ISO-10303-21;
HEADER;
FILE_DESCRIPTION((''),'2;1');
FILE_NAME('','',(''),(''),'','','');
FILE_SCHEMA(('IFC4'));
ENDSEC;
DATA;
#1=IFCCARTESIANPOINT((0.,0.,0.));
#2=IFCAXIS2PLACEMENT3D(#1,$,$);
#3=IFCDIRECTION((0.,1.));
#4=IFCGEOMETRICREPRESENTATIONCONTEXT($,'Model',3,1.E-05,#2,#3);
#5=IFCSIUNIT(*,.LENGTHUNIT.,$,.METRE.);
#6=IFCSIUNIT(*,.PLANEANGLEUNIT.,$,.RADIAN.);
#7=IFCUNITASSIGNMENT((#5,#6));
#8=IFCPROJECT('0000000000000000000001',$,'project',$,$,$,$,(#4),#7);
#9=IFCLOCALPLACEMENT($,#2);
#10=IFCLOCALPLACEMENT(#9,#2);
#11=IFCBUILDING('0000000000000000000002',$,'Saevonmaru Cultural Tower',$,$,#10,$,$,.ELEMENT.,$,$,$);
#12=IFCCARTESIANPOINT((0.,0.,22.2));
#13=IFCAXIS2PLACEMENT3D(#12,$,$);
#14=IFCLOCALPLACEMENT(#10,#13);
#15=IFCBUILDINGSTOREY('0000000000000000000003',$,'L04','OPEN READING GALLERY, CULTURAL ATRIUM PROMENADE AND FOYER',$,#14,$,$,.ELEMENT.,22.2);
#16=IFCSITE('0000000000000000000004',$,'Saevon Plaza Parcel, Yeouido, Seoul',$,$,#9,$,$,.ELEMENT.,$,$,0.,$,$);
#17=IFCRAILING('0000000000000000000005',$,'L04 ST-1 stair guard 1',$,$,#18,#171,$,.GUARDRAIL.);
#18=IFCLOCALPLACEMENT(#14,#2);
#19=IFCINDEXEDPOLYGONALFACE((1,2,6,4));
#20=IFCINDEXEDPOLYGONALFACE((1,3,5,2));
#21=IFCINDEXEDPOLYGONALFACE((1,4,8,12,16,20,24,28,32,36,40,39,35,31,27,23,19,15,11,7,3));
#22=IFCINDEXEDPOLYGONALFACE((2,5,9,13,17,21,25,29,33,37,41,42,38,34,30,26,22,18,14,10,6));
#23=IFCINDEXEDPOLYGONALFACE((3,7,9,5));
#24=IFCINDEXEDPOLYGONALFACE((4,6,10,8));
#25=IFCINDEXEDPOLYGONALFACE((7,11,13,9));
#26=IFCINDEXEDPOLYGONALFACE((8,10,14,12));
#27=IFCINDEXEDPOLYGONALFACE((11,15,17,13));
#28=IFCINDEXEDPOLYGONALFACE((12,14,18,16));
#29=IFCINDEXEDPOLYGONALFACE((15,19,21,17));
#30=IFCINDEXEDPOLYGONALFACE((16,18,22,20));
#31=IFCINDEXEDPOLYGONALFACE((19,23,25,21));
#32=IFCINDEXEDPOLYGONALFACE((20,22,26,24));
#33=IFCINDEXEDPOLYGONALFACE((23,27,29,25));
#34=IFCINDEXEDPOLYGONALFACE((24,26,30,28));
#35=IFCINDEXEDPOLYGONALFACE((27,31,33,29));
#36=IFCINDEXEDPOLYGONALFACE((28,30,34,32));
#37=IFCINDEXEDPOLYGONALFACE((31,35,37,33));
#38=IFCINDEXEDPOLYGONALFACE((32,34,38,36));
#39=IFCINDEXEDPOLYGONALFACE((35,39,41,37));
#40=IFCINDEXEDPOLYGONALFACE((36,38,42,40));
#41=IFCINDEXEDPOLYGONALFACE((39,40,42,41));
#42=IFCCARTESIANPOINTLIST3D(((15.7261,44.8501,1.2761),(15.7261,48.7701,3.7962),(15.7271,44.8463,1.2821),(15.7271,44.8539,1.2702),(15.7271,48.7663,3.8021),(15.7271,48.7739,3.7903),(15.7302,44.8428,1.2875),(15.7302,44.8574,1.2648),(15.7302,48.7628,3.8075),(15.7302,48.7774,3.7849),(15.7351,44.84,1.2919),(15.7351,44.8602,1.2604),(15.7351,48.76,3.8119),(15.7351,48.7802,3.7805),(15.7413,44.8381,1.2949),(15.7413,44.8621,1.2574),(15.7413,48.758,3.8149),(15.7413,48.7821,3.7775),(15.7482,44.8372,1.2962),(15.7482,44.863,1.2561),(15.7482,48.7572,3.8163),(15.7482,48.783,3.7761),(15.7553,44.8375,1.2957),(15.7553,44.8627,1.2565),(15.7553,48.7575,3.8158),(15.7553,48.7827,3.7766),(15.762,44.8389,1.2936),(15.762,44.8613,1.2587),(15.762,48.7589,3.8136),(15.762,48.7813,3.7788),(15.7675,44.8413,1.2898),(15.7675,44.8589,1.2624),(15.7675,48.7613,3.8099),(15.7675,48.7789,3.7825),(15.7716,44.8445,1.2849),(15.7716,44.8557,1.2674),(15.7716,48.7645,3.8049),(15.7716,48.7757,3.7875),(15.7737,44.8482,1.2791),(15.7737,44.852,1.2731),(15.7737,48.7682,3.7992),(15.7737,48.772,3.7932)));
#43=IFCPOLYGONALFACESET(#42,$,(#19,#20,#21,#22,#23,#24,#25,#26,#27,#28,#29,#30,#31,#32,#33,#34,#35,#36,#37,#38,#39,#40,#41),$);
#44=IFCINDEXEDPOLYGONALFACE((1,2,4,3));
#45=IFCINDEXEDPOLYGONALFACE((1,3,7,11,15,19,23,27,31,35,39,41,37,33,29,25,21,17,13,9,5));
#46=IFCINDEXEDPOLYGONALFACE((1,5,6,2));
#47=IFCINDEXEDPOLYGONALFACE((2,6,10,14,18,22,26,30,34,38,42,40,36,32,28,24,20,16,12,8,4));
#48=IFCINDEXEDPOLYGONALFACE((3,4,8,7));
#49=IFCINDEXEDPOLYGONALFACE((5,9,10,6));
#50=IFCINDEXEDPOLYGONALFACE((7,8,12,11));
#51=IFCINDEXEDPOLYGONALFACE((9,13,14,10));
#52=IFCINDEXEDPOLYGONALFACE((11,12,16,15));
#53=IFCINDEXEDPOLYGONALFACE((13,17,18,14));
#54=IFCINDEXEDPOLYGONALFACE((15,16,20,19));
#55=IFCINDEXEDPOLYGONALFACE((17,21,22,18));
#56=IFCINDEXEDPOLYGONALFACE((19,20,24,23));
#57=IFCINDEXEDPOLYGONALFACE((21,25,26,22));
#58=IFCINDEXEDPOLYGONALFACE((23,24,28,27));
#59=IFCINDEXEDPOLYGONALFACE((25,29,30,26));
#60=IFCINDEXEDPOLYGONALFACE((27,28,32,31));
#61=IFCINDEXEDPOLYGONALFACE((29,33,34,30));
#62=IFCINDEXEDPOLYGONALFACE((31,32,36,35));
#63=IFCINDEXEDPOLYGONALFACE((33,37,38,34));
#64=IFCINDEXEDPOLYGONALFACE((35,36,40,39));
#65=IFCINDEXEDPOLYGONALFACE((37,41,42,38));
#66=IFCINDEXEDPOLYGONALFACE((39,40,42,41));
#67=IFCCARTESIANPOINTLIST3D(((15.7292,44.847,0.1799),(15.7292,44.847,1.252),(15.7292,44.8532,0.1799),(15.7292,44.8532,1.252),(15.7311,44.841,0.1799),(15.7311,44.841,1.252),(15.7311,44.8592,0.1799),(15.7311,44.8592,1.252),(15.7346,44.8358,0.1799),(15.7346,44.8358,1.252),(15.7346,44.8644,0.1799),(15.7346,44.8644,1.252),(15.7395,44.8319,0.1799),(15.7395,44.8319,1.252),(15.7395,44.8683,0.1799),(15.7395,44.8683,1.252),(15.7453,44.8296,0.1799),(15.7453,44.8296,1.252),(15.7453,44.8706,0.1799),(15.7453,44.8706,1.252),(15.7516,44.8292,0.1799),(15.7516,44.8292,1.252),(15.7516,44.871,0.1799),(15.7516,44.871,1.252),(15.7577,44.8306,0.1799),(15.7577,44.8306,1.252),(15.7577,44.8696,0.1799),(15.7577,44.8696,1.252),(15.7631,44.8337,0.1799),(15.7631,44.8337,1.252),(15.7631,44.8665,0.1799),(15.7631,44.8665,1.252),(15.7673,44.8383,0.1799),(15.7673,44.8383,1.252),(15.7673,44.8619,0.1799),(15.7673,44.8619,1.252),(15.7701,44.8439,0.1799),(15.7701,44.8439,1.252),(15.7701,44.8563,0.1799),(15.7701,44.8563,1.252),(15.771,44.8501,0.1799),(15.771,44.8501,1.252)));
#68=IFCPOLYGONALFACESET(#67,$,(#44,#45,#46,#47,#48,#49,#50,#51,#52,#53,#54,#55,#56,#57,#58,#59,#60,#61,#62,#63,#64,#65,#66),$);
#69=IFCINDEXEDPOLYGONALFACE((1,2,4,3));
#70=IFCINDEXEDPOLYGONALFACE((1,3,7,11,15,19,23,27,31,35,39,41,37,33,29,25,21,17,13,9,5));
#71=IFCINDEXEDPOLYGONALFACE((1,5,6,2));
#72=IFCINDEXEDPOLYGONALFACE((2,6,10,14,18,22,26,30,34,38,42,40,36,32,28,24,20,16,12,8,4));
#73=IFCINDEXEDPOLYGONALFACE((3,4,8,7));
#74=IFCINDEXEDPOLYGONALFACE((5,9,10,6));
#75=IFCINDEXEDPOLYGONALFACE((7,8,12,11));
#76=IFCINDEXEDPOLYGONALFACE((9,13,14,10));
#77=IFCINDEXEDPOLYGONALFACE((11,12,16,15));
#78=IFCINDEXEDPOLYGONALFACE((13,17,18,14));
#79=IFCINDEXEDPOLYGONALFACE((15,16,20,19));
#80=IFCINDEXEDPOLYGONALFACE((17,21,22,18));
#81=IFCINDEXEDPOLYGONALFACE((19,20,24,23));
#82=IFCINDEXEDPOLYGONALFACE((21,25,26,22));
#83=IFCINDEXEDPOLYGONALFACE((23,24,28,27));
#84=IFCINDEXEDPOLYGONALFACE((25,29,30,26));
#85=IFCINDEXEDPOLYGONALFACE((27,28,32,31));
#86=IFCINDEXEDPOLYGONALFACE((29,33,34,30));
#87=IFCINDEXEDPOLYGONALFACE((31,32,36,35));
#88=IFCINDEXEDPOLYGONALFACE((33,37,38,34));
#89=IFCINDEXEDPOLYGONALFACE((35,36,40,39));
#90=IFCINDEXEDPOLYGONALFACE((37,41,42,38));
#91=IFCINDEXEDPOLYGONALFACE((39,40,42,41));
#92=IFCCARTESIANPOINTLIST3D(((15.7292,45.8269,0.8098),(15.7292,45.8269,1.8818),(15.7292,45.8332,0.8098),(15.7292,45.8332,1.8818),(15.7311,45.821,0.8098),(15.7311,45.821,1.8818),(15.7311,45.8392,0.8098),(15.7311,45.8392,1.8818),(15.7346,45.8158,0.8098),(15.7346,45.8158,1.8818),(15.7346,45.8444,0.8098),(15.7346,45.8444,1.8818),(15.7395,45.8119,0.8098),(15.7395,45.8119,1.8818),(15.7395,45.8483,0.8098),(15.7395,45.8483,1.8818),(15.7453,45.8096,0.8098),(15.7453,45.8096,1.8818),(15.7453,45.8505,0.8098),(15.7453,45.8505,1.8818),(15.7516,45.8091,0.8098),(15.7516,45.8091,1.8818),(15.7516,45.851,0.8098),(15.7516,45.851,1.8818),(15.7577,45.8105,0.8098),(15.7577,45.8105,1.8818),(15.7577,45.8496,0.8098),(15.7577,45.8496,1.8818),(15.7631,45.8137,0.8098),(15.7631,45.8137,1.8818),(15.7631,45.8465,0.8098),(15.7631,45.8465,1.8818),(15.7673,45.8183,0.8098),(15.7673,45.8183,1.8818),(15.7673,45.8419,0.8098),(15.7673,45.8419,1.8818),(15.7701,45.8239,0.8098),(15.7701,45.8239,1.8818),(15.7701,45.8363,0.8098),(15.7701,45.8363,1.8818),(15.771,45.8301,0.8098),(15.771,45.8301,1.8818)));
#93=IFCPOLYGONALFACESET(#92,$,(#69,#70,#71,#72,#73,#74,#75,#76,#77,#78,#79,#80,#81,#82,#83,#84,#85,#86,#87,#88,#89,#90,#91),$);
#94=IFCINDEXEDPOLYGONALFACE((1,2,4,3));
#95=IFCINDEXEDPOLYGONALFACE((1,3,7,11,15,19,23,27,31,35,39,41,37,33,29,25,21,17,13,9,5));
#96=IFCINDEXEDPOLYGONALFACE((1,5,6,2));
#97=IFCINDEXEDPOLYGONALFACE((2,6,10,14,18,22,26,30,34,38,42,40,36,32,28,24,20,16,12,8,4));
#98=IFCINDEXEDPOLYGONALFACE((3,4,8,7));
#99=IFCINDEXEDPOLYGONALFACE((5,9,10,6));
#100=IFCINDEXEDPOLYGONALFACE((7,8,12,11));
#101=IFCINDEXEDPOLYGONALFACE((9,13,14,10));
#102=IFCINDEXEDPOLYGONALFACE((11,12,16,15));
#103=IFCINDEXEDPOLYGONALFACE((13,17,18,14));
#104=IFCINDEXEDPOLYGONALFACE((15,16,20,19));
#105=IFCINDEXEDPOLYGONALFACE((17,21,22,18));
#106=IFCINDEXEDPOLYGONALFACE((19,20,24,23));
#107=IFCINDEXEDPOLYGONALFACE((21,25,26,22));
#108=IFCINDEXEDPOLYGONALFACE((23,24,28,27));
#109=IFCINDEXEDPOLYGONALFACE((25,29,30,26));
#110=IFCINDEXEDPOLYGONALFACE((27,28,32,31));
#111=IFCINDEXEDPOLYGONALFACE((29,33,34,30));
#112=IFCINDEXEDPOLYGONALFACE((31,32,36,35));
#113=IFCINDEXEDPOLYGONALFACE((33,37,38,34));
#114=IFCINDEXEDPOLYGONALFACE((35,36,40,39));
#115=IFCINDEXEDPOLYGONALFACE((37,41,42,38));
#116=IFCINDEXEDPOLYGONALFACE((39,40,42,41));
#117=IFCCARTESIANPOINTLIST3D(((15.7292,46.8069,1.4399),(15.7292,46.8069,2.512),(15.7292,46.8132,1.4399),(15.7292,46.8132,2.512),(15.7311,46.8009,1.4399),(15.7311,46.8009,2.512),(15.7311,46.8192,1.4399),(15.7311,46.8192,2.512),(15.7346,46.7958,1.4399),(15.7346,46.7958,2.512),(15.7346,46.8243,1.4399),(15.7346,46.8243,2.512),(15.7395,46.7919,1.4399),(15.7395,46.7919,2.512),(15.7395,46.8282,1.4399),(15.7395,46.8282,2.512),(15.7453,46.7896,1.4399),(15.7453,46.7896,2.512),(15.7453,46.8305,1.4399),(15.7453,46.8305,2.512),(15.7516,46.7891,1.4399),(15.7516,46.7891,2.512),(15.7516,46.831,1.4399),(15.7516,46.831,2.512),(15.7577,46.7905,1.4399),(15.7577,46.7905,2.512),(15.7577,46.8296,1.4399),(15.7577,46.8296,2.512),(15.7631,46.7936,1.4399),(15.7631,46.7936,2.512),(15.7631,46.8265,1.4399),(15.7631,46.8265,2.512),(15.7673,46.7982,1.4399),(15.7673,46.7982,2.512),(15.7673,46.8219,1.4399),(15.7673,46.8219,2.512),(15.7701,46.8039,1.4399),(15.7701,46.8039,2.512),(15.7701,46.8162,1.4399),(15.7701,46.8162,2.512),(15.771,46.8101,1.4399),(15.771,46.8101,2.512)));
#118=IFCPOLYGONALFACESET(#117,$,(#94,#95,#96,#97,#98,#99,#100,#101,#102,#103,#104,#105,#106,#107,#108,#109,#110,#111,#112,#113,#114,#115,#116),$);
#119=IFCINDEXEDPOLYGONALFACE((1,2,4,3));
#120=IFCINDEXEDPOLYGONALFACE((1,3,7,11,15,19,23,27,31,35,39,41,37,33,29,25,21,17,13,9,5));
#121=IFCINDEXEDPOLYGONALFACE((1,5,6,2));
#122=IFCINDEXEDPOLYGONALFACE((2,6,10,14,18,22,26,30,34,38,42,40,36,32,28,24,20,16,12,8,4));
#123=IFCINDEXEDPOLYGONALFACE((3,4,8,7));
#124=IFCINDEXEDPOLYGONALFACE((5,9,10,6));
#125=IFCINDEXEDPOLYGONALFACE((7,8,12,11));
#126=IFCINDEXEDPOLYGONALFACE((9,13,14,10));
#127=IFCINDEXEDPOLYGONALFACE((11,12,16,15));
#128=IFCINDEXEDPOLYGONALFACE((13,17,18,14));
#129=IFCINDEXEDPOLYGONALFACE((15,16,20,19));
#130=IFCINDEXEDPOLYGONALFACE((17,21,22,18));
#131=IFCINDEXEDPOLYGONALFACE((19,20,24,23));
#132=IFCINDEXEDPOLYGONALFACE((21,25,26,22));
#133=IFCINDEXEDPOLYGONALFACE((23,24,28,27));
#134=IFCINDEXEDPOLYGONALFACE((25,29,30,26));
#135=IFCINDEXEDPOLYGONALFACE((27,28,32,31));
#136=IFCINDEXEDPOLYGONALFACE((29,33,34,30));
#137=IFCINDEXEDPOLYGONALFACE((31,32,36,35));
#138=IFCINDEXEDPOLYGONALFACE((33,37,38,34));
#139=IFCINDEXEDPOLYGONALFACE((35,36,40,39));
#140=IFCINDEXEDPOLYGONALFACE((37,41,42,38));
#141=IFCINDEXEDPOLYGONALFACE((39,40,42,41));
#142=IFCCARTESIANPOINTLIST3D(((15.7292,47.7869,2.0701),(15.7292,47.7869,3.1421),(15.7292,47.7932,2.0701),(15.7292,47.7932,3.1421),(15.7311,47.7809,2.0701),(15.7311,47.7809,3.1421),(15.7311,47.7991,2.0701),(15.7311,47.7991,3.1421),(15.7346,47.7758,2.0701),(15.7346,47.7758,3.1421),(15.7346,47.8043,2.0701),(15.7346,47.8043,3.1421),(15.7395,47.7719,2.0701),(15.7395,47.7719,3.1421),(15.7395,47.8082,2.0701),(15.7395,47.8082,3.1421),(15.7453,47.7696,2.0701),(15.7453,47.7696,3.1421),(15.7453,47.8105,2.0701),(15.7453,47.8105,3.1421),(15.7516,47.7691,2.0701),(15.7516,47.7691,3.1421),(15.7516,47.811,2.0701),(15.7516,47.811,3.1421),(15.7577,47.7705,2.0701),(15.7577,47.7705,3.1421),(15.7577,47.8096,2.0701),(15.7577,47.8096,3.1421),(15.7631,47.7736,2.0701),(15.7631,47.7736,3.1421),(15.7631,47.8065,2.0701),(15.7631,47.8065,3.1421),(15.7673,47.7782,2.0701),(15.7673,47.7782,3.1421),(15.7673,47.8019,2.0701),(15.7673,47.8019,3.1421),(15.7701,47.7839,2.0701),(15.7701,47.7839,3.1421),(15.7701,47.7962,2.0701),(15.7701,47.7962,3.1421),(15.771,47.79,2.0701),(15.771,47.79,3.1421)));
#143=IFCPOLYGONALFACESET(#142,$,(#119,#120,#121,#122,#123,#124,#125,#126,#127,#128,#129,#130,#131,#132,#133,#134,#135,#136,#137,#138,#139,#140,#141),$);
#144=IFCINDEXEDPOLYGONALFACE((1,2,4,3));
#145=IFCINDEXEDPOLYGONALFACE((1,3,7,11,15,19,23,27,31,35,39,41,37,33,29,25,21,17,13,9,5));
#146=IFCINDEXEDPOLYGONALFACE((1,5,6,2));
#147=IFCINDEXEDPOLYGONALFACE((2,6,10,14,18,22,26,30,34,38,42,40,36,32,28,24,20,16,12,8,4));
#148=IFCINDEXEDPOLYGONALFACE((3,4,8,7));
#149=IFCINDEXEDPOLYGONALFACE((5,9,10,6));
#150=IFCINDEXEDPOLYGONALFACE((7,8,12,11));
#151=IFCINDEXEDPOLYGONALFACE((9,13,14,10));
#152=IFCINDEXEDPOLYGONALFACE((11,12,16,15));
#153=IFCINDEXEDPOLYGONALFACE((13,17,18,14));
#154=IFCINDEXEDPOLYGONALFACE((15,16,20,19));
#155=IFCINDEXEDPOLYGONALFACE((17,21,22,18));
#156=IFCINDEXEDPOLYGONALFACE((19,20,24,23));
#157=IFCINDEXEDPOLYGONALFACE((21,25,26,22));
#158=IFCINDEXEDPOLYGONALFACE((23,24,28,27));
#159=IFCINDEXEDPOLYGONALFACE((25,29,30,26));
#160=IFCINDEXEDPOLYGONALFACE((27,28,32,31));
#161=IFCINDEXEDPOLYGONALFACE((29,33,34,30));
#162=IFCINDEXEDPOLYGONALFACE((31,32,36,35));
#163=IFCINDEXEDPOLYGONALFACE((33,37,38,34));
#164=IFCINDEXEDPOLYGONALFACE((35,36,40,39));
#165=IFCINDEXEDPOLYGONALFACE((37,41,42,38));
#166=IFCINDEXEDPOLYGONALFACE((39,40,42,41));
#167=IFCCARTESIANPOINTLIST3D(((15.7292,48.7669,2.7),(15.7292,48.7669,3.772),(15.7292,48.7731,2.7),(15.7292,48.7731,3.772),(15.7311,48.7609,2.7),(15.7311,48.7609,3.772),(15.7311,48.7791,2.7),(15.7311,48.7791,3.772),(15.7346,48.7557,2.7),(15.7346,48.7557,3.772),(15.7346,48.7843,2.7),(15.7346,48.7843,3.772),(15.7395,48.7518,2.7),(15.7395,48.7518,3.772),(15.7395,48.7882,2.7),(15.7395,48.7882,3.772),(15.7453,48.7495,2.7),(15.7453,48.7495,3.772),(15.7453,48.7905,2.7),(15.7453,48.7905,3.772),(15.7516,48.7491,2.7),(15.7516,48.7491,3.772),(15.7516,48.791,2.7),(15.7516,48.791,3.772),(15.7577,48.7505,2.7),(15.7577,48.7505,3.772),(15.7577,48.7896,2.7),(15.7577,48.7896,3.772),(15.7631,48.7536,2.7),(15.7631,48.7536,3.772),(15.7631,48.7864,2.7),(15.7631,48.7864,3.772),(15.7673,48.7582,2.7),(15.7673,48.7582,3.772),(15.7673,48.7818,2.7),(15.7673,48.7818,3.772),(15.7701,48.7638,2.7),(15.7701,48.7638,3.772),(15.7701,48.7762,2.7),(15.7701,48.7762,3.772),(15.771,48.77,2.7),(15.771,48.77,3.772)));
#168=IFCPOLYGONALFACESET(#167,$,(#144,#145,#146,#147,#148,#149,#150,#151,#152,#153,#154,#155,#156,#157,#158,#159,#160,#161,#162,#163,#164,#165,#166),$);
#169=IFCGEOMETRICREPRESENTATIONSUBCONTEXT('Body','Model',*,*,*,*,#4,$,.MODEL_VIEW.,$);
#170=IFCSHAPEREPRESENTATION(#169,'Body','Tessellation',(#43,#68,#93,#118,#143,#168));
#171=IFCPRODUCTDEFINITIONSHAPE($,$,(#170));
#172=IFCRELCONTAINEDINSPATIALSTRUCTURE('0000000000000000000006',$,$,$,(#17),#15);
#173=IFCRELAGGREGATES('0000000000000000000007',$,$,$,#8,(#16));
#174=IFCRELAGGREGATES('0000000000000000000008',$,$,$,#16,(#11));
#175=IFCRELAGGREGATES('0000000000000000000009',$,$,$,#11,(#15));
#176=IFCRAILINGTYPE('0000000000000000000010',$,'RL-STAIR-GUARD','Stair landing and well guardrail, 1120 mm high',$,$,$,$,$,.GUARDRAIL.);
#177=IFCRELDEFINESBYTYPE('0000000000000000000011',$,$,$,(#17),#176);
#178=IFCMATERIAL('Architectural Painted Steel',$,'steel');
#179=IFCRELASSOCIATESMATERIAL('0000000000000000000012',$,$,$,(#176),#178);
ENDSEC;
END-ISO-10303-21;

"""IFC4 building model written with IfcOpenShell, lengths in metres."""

from ifc_helpers import new_model, si_unit, direction, frame, origin, origin_2d, place, context, subcontext, project, spatial, circle, extrude, material, type_object, element, save


model = new_model("IFC4")

# Units and contexts
model_context = context("Model", 3, precision=1e-05, world=origin(), true_north=direction((0.0, 1.0)))
body_context = subcontext(model_context, "Body", "Model", "MODEL_VIEW")
ifc_project = project(units=[si_unit("LENGTHUNIT", "METRE"), si_unit("PLANEANGLEUNIT", "RADIAN")], contexts=[model_context])

# Site, building, storey
site_placement = place(None, origin())
site = spatial("IfcSite", under=ifc_project, at=site_placement, Name="Saevon Plaza Parcel, Yeouido, Seoul", CompositionType="ELEMENT", RefElevation=0.0)
building_placement = place(site_placement, origin())
building = spatial("IfcBuilding", under=site, at=building_placement, Name="Saevonmaru Cultural Tower", CompositionType="ELEMENT")
storey_placement = place(building_placement, frame((0.0, 0.0, 22.2)))
storey = spatial("IfcBuildingStorey", under=building, at=storey_placement, Name="L04", Description="OPEN READING GALLERY, CULTURAL ATRIUM PROMENADE AND FOYER", CompositionType="ELEMENT", Elevation=22.2)

# Railing
ifc_material_1 = material(Name="Architectural Painted Steel", Category="steel")
railing_type_1 = type_object("IfcRailingType", Name="RL-STAIR-GUARD", Description="Stair landing and well guardrail, 1120 mm high", PredefinedType="GUARDRAIL", material=ifc_material_1)
railing_1_placement = place(storey_placement, frame((15.75, 44.8501, 0.1799)))
element("IfcRailing", 1, at=railing_1_placement, inside=storey, type_object=railing_type_1, Name="L04 ST-1 stair guard 1", PredefinedType="GUARDRAIL", context=body_context, shape_type="SweptSolid", body=[
    extrude(circle(Radius=0.0239, at=origin_2d()), frame((0.0, 0.0, 1.0962), z_axis=(0.0, 0.841172, 0.540768), x_axis=(-1.0, 0.0, 0.0)), (0.0, 0.0, 1.0), 4.6602),
    extrude(circle(Radius=0.021, at=origin_2d()), origin(), (0.0, 0.0, 1.0), 1.072),
    extrude(circle(Radius=0.021, at=origin_2d()), frame((0.0, 0.98, 0.6299)), (0.0, 0.0, 1.0), 1.072),
    extrude(circle(Radius=0.021, at=origin_2d()), frame((0.0, 1.96, 1.26)), (0.0, 0.0, 1.0), 1.072),
    extrude(circle(Radius=0.021, at=origin_2d()), frame((0.0, 2.9399, 1.8901)), (0.0, 0.0, 1.0), 1.072),
    extrude(circle(Radius=0.021, at=origin_2d()), frame((0.0, 3.9199, 2.52)), (0.0, 0.0, 1.0), 1.072),
])

save(model, "model.ifc")
